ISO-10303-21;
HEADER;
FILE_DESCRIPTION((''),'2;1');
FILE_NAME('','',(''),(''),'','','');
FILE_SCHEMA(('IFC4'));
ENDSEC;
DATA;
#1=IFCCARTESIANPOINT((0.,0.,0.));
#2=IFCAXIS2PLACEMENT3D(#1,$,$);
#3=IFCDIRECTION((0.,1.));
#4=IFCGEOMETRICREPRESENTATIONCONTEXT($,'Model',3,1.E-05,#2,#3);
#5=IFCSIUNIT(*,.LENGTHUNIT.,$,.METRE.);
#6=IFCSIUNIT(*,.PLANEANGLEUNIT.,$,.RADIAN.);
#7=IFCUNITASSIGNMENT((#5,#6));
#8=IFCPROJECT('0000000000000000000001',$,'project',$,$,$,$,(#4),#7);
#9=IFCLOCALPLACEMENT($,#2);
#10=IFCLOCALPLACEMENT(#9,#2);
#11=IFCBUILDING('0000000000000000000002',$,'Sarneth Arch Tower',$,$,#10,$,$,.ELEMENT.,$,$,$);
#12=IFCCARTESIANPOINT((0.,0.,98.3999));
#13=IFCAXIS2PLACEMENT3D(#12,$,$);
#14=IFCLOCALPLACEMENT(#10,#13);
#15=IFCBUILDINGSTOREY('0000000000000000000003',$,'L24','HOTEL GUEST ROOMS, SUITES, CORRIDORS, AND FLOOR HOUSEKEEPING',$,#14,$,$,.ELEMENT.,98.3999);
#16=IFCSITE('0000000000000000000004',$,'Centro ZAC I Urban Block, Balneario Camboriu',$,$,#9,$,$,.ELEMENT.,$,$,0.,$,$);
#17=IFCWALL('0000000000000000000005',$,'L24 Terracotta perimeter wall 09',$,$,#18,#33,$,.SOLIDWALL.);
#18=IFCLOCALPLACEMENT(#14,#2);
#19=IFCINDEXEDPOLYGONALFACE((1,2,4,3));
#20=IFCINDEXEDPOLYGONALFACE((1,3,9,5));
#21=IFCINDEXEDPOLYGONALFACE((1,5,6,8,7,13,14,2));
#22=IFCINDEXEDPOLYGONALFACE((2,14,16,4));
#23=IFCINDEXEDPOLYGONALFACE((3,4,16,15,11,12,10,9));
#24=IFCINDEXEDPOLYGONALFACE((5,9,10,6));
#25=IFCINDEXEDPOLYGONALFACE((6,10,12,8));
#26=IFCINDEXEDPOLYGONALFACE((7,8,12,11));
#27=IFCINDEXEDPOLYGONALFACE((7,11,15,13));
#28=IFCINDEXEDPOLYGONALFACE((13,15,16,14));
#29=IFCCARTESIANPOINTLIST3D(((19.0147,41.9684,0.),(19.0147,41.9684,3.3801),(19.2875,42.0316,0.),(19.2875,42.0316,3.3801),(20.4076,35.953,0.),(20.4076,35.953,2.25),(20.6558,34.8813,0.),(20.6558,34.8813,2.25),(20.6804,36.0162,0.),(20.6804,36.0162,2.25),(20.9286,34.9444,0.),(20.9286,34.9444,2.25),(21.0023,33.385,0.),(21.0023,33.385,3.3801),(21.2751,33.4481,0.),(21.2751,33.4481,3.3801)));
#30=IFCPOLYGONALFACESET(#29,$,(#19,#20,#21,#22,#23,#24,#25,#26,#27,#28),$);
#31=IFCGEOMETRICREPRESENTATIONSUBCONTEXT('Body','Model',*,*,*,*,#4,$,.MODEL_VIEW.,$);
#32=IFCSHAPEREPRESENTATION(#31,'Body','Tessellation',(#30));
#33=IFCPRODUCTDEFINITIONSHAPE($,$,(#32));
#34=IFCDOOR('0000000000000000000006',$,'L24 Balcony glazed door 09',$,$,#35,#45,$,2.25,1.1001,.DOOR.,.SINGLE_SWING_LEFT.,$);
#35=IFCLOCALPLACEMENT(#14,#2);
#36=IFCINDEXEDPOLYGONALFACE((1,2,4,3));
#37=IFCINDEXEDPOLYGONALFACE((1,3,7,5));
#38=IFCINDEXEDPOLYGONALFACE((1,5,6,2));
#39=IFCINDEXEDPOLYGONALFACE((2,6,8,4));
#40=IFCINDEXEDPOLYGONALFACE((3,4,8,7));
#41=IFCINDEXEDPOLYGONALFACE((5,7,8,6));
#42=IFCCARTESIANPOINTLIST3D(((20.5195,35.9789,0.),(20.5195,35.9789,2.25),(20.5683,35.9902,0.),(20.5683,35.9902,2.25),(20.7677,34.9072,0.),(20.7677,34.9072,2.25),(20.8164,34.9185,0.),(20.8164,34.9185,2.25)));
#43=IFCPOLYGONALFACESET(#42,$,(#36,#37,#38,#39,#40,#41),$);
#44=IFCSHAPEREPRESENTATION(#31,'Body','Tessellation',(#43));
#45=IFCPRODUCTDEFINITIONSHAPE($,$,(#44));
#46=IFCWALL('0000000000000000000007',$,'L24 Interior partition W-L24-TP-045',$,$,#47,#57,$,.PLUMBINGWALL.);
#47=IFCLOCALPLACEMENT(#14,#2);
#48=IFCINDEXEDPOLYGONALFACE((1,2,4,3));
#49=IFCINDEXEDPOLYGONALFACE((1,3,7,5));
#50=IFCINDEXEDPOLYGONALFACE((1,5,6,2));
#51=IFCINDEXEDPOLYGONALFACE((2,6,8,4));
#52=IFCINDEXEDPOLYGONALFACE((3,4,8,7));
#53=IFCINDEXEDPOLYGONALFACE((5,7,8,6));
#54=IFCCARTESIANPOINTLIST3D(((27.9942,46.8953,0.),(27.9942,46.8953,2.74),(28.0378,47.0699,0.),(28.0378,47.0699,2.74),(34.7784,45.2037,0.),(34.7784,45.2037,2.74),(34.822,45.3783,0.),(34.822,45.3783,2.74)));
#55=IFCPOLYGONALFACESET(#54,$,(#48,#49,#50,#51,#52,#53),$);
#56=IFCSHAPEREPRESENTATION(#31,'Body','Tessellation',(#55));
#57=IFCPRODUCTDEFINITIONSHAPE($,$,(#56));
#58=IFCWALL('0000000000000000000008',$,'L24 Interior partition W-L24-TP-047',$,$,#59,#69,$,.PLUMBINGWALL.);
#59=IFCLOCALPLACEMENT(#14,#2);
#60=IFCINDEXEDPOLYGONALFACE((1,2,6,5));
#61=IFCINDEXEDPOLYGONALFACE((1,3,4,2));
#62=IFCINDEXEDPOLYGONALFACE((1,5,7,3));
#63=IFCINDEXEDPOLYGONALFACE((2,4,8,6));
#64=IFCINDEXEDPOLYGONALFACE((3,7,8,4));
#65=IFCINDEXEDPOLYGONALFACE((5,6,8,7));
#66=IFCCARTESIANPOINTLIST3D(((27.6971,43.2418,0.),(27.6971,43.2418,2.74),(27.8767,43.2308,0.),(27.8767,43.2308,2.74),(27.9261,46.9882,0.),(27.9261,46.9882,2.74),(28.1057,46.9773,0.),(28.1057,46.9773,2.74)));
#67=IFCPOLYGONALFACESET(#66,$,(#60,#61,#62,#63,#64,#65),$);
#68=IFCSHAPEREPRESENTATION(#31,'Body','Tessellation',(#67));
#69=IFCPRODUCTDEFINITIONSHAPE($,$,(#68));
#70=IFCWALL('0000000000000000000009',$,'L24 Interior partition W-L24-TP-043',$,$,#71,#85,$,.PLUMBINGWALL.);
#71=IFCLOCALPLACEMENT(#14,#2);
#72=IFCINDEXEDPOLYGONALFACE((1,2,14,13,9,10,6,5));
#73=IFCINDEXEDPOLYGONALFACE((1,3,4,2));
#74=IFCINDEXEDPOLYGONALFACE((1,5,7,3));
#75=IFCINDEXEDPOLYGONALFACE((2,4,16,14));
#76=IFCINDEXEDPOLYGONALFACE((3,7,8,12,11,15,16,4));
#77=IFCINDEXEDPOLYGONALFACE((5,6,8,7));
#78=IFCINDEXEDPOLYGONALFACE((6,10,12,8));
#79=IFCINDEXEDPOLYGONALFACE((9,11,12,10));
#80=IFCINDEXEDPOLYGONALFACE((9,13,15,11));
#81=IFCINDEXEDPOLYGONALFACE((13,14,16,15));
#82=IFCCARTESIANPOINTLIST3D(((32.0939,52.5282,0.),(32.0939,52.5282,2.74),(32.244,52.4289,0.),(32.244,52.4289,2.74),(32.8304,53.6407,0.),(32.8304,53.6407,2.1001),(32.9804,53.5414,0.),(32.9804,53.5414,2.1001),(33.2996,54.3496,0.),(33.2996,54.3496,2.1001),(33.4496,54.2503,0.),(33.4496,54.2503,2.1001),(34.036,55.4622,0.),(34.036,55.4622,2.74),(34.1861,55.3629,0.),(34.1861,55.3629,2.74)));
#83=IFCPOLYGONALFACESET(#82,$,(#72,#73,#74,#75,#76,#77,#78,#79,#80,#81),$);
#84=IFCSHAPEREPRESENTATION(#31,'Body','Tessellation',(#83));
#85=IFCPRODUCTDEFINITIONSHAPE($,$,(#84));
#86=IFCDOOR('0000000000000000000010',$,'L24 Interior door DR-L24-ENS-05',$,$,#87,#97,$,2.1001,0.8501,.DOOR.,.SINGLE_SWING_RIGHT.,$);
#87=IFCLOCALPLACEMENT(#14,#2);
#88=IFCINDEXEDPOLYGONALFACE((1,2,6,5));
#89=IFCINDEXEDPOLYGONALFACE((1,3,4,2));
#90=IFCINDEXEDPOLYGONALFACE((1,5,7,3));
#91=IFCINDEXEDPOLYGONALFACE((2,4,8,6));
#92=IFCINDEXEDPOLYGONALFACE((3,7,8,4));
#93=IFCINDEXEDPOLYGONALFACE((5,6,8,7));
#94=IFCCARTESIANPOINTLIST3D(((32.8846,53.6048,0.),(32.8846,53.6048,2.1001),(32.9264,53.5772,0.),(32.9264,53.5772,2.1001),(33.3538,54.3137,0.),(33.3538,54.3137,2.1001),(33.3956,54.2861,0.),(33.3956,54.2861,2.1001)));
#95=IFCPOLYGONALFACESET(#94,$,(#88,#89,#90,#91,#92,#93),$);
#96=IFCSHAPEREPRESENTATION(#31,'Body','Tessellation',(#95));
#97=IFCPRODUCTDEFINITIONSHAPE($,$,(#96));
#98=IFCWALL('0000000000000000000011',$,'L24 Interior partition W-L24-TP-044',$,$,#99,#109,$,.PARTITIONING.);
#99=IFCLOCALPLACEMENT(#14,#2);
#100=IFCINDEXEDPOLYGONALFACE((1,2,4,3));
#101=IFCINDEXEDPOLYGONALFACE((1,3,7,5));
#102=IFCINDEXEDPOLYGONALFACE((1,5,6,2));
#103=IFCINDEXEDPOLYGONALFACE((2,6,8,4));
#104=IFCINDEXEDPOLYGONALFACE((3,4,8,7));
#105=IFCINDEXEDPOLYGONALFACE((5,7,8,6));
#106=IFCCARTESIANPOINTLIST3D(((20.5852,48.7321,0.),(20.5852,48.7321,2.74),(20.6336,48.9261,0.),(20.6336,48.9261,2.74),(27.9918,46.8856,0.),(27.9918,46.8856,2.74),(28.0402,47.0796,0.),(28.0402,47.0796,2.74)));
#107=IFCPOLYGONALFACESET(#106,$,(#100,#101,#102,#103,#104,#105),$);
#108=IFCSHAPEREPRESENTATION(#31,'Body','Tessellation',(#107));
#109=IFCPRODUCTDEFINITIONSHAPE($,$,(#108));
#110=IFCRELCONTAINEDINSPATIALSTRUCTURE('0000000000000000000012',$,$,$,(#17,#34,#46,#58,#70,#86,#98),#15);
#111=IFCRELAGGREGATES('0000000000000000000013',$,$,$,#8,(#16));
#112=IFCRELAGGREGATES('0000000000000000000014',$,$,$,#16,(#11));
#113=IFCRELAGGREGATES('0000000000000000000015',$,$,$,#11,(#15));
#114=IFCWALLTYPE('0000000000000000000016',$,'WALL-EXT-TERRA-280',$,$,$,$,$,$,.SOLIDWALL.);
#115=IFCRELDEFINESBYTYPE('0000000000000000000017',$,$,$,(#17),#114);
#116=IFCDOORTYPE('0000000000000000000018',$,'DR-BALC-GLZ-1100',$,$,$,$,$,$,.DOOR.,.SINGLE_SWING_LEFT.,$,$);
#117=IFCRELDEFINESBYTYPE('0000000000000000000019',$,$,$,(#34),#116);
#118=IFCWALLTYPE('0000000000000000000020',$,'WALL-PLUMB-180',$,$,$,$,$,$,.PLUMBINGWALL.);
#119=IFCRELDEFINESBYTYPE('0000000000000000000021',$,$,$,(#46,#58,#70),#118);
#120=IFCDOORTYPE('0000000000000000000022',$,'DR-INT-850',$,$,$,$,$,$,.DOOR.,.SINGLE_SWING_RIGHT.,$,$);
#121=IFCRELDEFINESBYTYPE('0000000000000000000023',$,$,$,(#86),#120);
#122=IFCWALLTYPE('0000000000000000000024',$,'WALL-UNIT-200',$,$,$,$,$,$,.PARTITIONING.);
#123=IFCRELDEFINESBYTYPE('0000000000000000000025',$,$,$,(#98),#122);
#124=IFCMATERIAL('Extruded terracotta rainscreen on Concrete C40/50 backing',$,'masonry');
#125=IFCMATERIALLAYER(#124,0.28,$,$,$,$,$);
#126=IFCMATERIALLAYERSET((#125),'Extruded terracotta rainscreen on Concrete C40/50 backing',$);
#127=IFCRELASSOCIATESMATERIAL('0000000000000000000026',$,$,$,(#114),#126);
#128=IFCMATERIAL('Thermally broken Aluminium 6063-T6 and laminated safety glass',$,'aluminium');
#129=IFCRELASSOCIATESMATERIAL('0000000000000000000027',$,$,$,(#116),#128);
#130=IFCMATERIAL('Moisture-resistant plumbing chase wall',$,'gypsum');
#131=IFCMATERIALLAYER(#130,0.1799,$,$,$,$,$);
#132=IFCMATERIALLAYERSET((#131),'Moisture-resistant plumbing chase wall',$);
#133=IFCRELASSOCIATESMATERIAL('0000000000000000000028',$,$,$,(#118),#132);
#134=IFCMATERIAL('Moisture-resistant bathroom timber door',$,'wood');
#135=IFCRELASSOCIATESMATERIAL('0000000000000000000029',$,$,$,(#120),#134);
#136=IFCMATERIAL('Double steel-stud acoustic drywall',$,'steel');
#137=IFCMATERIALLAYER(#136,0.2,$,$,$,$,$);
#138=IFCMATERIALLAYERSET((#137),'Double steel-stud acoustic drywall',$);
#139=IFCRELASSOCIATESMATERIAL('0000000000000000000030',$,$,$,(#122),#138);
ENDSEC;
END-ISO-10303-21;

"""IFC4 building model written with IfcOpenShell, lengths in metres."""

from ifc_helpers import new_model, si_unit, direction, frame, frame_2d, origin, place, context, subcontext, project, spatial, rectangle, extrude, material, layer, layer_set, type_object, element, fill, save


model = new_model("IFC4")

# Units and contexts
model_context = context("Model", 3, precision=1e-05, world=origin(), true_north=direction((0.0, 1.0)))
body_context = subcontext(model_context, "Body", "Model", "MODEL_VIEW")
ifc_project = project(units=[si_unit("LENGTHUNIT", "METRE"), si_unit("PLANEANGLEUNIT", "RADIAN")], contexts=[model_context])

# Site, building, storey
site_placement = place(None, origin())
site = spatial("IfcSite", under=ifc_project, at=site_placement, Name="Centro ZAC I Urban Block, Balneario Camboriu", CompositionType="ELEMENT", RefElevation=0.0)
building_placement = place(site_placement, origin())
building = spatial("IfcBuilding", under=site, at=building_placement, Name="Sarneth Arch Tower", CompositionType="ELEMENT")
storey_placement = place(building_placement, frame((0.0, 0.0, 98.3999)))
storey = spatial("IfcBuildingStorey", under=building, at=storey_placement, Name="L24", Description="HOTEL GUEST ROOMS, SUITES, CORRIDORS, AND FLOOR HOUSEKEEPING", CompositionType="ELEMENT", Elevation=98.3999)

# Wall, opening, door
ifc_material_1 = material(Name="Extruded terracotta rainscreen on Concrete C40/50 backing", Category="masonry")
ifc_layer_1 = layer(ifc_material_1, 0.28)
ifc_layer_set_1 = layer_set([ifc_layer_1], Name="Extruded terracotta rainscreen on Concrete C40/50 backing")
wall_type_1 = type_object("IfcWallType", Name="WALL-EXT-TERRA-280", PredefinedType="SOLIDWALL", material=ifc_layer_set_1)
wall_1_placement = place(storey_placement, frame((19.1511, 42.0, 0.0), z_axis=(0.0, 0.0, 1.0), x_axis=(0.225586, -0.974223, 0.0)))
wall_1 = element("IfcWall", 1, at=wall_1_placement, inside=storey, type_object=wall_type_1, Name="L24 Terracotta perimeter wall 09", PredefinedType="SOLIDWALL", context=body_context, shape_type="SweptSolid", body=[
    extrude(rectangle(XDim=8.8105, YDim=0.28, at=frame_2d((4.4053, 0.0))), origin(), (0.0, 0.0, 1.0), 3.3801),
])
opening_1_placement = place(wall_1_placement, frame((6.1746, 0.0, 0.0)))
opening_1 = element("IfcOpeningElement", 2, at=opening_1_placement, cuts=wall_1, PredefinedType="OPENING", context=body_context, shape_type="SweptSolid", body=[
    extrude(rectangle(XDim=1.1001, YDim=2.25, at=frame_2d((0.55, 1.125))), frame((0.0, 0.1499, 0.0), z_axis=(0.0, -1.0, 0.0), x_axis=(1.0, 0.0, 0.0)), (0.0, 0.0, 1.0), 0.3),
])
ifc_material_2 = material(Name="Thermally broken Aluminium 6063-T6 and laminated safety glass", Category="aluminium")
door_type_1 = type_object("IfcDoorType", Name="DR-BALC-GLZ-1100", OperationType="SINGLE_SWING_LEFT", PredefinedType="DOOR", material=ifc_material_2)
door_1_placement = place(opening_1_placement, origin())
door_1 = element("IfcDoor", 3, at=door_1_placement, inside=storey, type_object=door_type_1, Name="L24 Balcony glazed door 09", OperationType="SINGLE_SWING_LEFT", OverallHeight=2.25, OverallWidth=1.1001, PredefinedType="DOOR", context=body_context, shape_type="SweptSolid", body=[
    extrude(rectangle(XDim=1.1001, YDim=2.25, at=frame_2d((0.55, 1.125))), frame((0.0, 0.0249, 0.0), z_axis=(0.0, -1.0, 0.0), x_axis=(1.0, 0.0, 0.0)), (0.0, 0.0, 1.0), 0.05),
])
fill(opening_1, door_1)

# Walls
ifc_material_3 = material(Name="Moisture-resistant plumbing chase wall", Category="gypsum")
ifc_layer_2 = layer(ifc_material_3, 0.1799)
ifc_layer_set_2 = layer_set([ifc_layer_2], Name="Moisture-resistant plumbing chase wall")
wall_type_2 = type_object("IfcWallType", Name="WALL-PLUMB-180", PredefinedType="PLUMBINGWALL", material=ifc_layer_set_2)
wall_2_placement = place(storey_placement, frame((28.0159, 46.9827, 0.0), z_axis=(0.0, 0.0, 1.0), x_axis=(0.97029, -0.241944, 0.0)))
element("IfcWall", 4, at=wall_2_placement, inside=storey, type_object=wall_type_2, Name="L24 Interior partition W-L24-TP-045", PredefinedType="PLUMBINGWALL", context=body_context, shape_type="SweptSolid", body=[
    extrude(rectangle(XDim=6.9919, YDim=0.1799, at=frame_2d((3.4961, 0.0))), origin(), (0.0, 0.0, 1.0), 2.74),
])
wall_3_placement = place(storey_placement, frame((27.7869, 43.2363, 0.0), z_axis=(0.0, 0.0, 1.0), x_axis=(0.061014, 0.998137, 0.0)))
element("IfcWall", 5, at=wall_3_placement, inside=storey, type_object=wall_type_2, Name="L24 Interior partition W-L24-TP-047", PredefinedType="PLUMBINGWALL", context=body_context, shape_type="SweptSolid", body=[
    extrude(rectangle(XDim=3.7534, YDim=0.1799, at=frame_2d((1.8767, 0.0))), origin(), (0.0, 0.0, 1.0), 2.74),
])

# Wall, opening, door
wall_4_placement = place(storey_placement, frame((32.1689, 52.4785, 0.0), z_axis=(0.0, 0.0, 1.0), x_axis=(0.551959, 0.833871, 0.0)))
wall_4 = element("IfcWall", 6, at=wall_4_placement, inside=storey, type_object=wall_type_2, Name="L24 Interior partition W-L24-TP-043", PredefinedType="PLUMBINGWALL", context=body_context, shape_type="SweptSolid", body=[
    extrude(rectangle(XDim=3.5186, YDim=0.1799, at=frame_2d((1.7593, 0.0))), origin(), (0.0, 0.0, 1.0), 2.74),
])
opening_2_placement = place(wall_4_placement, frame((1.3342, 0.0, 0.0)))
opening_2 = element("IfcOpeningElement", 7, at=opening_2_placement, cuts=wall_4, PredefinedType="OPENING", context=body_context, shape_type="SweptSolid", body=[
    extrude(rectangle(XDim=0.8501, YDim=2.1001, at=frame_2d((0.425, 1.05))), frame((0.0, 0.0999, 0.0), z_axis=(0.0, -1.0, 0.0), x_axis=(1.0, 0.0, 0.0)), (0.0, 0.0, 1.0), 0.2),
])
ifc_material_4 = material(Name="Moisture-resistant bathroom timber door", Category="wood")
door_type_2 = type_object("IfcDoorType", Name="DR-INT-850", OperationType="SINGLE_SWING_RIGHT", PredefinedType="DOOR", material=ifc_material_4)
door_2_placement = place(opening_2_placement, origin())
door_2 = element("IfcDoor", 8, at=door_2_placement, inside=storey, type_object=door_type_2, Name="L24 Interior door DR-L24-ENS-05", OperationType="SINGLE_SWING_RIGHT", OverallHeight=2.1001, OverallWidth=0.8501, PredefinedType="DOOR", context=body_context, shape_type="SweptSolid", body=[
    extrude(rectangle(XDim=0.8501, YDim=2.1001, at=frame_2d((0.425, 1.05))), frame((0.0, 0.0249, 0.0), z_axis=(0.0, -1.0, 0.0), x_axis=(1.0, 0.0, 0.0)), (0.0, 0.0, 1.0), 0.05),
])
fill(opening_2, door_2)

# Wall
ifc_material_5 = material(Name="Double steel-stud acoustic drywall", Category="steel")
ifc_layer_3 = layer(ifc_material_5, 0.2)
ifc_layer_set_3 = layer_set([ifc_layer_3], Name="Double steel-stud acoustic drywall")
wall_type_3 = type_object("IfcWallType", Name="WALL-UNIT-200", PredefinedType="PARTITIONING", material=ifc_layer_set_3)
wall_5_placement = place(storey_placement, frame((20.6094, 48.8291, 0.0), z_axis=(0.0, 0.0, 1.0), x_axis=(0.970302, -0.241896, 0.0)))
element("IfcWall", 9, at=wall_5_placement, inside=storey, type_object=wall_type_3, Name="L24 Interior partition W-L24-TP-044", PredefinedType="PARTITIONING", context=body_context, shape_type="SweptSolid", body=[
    extrude(rectangle(XDim=7.6333, YDim=0.2, at=frame_2d((3.8167, 0.0))), origin(), (0.0, 0.0, 1.0), 2.74),
])

save(model, "model.ifc")
